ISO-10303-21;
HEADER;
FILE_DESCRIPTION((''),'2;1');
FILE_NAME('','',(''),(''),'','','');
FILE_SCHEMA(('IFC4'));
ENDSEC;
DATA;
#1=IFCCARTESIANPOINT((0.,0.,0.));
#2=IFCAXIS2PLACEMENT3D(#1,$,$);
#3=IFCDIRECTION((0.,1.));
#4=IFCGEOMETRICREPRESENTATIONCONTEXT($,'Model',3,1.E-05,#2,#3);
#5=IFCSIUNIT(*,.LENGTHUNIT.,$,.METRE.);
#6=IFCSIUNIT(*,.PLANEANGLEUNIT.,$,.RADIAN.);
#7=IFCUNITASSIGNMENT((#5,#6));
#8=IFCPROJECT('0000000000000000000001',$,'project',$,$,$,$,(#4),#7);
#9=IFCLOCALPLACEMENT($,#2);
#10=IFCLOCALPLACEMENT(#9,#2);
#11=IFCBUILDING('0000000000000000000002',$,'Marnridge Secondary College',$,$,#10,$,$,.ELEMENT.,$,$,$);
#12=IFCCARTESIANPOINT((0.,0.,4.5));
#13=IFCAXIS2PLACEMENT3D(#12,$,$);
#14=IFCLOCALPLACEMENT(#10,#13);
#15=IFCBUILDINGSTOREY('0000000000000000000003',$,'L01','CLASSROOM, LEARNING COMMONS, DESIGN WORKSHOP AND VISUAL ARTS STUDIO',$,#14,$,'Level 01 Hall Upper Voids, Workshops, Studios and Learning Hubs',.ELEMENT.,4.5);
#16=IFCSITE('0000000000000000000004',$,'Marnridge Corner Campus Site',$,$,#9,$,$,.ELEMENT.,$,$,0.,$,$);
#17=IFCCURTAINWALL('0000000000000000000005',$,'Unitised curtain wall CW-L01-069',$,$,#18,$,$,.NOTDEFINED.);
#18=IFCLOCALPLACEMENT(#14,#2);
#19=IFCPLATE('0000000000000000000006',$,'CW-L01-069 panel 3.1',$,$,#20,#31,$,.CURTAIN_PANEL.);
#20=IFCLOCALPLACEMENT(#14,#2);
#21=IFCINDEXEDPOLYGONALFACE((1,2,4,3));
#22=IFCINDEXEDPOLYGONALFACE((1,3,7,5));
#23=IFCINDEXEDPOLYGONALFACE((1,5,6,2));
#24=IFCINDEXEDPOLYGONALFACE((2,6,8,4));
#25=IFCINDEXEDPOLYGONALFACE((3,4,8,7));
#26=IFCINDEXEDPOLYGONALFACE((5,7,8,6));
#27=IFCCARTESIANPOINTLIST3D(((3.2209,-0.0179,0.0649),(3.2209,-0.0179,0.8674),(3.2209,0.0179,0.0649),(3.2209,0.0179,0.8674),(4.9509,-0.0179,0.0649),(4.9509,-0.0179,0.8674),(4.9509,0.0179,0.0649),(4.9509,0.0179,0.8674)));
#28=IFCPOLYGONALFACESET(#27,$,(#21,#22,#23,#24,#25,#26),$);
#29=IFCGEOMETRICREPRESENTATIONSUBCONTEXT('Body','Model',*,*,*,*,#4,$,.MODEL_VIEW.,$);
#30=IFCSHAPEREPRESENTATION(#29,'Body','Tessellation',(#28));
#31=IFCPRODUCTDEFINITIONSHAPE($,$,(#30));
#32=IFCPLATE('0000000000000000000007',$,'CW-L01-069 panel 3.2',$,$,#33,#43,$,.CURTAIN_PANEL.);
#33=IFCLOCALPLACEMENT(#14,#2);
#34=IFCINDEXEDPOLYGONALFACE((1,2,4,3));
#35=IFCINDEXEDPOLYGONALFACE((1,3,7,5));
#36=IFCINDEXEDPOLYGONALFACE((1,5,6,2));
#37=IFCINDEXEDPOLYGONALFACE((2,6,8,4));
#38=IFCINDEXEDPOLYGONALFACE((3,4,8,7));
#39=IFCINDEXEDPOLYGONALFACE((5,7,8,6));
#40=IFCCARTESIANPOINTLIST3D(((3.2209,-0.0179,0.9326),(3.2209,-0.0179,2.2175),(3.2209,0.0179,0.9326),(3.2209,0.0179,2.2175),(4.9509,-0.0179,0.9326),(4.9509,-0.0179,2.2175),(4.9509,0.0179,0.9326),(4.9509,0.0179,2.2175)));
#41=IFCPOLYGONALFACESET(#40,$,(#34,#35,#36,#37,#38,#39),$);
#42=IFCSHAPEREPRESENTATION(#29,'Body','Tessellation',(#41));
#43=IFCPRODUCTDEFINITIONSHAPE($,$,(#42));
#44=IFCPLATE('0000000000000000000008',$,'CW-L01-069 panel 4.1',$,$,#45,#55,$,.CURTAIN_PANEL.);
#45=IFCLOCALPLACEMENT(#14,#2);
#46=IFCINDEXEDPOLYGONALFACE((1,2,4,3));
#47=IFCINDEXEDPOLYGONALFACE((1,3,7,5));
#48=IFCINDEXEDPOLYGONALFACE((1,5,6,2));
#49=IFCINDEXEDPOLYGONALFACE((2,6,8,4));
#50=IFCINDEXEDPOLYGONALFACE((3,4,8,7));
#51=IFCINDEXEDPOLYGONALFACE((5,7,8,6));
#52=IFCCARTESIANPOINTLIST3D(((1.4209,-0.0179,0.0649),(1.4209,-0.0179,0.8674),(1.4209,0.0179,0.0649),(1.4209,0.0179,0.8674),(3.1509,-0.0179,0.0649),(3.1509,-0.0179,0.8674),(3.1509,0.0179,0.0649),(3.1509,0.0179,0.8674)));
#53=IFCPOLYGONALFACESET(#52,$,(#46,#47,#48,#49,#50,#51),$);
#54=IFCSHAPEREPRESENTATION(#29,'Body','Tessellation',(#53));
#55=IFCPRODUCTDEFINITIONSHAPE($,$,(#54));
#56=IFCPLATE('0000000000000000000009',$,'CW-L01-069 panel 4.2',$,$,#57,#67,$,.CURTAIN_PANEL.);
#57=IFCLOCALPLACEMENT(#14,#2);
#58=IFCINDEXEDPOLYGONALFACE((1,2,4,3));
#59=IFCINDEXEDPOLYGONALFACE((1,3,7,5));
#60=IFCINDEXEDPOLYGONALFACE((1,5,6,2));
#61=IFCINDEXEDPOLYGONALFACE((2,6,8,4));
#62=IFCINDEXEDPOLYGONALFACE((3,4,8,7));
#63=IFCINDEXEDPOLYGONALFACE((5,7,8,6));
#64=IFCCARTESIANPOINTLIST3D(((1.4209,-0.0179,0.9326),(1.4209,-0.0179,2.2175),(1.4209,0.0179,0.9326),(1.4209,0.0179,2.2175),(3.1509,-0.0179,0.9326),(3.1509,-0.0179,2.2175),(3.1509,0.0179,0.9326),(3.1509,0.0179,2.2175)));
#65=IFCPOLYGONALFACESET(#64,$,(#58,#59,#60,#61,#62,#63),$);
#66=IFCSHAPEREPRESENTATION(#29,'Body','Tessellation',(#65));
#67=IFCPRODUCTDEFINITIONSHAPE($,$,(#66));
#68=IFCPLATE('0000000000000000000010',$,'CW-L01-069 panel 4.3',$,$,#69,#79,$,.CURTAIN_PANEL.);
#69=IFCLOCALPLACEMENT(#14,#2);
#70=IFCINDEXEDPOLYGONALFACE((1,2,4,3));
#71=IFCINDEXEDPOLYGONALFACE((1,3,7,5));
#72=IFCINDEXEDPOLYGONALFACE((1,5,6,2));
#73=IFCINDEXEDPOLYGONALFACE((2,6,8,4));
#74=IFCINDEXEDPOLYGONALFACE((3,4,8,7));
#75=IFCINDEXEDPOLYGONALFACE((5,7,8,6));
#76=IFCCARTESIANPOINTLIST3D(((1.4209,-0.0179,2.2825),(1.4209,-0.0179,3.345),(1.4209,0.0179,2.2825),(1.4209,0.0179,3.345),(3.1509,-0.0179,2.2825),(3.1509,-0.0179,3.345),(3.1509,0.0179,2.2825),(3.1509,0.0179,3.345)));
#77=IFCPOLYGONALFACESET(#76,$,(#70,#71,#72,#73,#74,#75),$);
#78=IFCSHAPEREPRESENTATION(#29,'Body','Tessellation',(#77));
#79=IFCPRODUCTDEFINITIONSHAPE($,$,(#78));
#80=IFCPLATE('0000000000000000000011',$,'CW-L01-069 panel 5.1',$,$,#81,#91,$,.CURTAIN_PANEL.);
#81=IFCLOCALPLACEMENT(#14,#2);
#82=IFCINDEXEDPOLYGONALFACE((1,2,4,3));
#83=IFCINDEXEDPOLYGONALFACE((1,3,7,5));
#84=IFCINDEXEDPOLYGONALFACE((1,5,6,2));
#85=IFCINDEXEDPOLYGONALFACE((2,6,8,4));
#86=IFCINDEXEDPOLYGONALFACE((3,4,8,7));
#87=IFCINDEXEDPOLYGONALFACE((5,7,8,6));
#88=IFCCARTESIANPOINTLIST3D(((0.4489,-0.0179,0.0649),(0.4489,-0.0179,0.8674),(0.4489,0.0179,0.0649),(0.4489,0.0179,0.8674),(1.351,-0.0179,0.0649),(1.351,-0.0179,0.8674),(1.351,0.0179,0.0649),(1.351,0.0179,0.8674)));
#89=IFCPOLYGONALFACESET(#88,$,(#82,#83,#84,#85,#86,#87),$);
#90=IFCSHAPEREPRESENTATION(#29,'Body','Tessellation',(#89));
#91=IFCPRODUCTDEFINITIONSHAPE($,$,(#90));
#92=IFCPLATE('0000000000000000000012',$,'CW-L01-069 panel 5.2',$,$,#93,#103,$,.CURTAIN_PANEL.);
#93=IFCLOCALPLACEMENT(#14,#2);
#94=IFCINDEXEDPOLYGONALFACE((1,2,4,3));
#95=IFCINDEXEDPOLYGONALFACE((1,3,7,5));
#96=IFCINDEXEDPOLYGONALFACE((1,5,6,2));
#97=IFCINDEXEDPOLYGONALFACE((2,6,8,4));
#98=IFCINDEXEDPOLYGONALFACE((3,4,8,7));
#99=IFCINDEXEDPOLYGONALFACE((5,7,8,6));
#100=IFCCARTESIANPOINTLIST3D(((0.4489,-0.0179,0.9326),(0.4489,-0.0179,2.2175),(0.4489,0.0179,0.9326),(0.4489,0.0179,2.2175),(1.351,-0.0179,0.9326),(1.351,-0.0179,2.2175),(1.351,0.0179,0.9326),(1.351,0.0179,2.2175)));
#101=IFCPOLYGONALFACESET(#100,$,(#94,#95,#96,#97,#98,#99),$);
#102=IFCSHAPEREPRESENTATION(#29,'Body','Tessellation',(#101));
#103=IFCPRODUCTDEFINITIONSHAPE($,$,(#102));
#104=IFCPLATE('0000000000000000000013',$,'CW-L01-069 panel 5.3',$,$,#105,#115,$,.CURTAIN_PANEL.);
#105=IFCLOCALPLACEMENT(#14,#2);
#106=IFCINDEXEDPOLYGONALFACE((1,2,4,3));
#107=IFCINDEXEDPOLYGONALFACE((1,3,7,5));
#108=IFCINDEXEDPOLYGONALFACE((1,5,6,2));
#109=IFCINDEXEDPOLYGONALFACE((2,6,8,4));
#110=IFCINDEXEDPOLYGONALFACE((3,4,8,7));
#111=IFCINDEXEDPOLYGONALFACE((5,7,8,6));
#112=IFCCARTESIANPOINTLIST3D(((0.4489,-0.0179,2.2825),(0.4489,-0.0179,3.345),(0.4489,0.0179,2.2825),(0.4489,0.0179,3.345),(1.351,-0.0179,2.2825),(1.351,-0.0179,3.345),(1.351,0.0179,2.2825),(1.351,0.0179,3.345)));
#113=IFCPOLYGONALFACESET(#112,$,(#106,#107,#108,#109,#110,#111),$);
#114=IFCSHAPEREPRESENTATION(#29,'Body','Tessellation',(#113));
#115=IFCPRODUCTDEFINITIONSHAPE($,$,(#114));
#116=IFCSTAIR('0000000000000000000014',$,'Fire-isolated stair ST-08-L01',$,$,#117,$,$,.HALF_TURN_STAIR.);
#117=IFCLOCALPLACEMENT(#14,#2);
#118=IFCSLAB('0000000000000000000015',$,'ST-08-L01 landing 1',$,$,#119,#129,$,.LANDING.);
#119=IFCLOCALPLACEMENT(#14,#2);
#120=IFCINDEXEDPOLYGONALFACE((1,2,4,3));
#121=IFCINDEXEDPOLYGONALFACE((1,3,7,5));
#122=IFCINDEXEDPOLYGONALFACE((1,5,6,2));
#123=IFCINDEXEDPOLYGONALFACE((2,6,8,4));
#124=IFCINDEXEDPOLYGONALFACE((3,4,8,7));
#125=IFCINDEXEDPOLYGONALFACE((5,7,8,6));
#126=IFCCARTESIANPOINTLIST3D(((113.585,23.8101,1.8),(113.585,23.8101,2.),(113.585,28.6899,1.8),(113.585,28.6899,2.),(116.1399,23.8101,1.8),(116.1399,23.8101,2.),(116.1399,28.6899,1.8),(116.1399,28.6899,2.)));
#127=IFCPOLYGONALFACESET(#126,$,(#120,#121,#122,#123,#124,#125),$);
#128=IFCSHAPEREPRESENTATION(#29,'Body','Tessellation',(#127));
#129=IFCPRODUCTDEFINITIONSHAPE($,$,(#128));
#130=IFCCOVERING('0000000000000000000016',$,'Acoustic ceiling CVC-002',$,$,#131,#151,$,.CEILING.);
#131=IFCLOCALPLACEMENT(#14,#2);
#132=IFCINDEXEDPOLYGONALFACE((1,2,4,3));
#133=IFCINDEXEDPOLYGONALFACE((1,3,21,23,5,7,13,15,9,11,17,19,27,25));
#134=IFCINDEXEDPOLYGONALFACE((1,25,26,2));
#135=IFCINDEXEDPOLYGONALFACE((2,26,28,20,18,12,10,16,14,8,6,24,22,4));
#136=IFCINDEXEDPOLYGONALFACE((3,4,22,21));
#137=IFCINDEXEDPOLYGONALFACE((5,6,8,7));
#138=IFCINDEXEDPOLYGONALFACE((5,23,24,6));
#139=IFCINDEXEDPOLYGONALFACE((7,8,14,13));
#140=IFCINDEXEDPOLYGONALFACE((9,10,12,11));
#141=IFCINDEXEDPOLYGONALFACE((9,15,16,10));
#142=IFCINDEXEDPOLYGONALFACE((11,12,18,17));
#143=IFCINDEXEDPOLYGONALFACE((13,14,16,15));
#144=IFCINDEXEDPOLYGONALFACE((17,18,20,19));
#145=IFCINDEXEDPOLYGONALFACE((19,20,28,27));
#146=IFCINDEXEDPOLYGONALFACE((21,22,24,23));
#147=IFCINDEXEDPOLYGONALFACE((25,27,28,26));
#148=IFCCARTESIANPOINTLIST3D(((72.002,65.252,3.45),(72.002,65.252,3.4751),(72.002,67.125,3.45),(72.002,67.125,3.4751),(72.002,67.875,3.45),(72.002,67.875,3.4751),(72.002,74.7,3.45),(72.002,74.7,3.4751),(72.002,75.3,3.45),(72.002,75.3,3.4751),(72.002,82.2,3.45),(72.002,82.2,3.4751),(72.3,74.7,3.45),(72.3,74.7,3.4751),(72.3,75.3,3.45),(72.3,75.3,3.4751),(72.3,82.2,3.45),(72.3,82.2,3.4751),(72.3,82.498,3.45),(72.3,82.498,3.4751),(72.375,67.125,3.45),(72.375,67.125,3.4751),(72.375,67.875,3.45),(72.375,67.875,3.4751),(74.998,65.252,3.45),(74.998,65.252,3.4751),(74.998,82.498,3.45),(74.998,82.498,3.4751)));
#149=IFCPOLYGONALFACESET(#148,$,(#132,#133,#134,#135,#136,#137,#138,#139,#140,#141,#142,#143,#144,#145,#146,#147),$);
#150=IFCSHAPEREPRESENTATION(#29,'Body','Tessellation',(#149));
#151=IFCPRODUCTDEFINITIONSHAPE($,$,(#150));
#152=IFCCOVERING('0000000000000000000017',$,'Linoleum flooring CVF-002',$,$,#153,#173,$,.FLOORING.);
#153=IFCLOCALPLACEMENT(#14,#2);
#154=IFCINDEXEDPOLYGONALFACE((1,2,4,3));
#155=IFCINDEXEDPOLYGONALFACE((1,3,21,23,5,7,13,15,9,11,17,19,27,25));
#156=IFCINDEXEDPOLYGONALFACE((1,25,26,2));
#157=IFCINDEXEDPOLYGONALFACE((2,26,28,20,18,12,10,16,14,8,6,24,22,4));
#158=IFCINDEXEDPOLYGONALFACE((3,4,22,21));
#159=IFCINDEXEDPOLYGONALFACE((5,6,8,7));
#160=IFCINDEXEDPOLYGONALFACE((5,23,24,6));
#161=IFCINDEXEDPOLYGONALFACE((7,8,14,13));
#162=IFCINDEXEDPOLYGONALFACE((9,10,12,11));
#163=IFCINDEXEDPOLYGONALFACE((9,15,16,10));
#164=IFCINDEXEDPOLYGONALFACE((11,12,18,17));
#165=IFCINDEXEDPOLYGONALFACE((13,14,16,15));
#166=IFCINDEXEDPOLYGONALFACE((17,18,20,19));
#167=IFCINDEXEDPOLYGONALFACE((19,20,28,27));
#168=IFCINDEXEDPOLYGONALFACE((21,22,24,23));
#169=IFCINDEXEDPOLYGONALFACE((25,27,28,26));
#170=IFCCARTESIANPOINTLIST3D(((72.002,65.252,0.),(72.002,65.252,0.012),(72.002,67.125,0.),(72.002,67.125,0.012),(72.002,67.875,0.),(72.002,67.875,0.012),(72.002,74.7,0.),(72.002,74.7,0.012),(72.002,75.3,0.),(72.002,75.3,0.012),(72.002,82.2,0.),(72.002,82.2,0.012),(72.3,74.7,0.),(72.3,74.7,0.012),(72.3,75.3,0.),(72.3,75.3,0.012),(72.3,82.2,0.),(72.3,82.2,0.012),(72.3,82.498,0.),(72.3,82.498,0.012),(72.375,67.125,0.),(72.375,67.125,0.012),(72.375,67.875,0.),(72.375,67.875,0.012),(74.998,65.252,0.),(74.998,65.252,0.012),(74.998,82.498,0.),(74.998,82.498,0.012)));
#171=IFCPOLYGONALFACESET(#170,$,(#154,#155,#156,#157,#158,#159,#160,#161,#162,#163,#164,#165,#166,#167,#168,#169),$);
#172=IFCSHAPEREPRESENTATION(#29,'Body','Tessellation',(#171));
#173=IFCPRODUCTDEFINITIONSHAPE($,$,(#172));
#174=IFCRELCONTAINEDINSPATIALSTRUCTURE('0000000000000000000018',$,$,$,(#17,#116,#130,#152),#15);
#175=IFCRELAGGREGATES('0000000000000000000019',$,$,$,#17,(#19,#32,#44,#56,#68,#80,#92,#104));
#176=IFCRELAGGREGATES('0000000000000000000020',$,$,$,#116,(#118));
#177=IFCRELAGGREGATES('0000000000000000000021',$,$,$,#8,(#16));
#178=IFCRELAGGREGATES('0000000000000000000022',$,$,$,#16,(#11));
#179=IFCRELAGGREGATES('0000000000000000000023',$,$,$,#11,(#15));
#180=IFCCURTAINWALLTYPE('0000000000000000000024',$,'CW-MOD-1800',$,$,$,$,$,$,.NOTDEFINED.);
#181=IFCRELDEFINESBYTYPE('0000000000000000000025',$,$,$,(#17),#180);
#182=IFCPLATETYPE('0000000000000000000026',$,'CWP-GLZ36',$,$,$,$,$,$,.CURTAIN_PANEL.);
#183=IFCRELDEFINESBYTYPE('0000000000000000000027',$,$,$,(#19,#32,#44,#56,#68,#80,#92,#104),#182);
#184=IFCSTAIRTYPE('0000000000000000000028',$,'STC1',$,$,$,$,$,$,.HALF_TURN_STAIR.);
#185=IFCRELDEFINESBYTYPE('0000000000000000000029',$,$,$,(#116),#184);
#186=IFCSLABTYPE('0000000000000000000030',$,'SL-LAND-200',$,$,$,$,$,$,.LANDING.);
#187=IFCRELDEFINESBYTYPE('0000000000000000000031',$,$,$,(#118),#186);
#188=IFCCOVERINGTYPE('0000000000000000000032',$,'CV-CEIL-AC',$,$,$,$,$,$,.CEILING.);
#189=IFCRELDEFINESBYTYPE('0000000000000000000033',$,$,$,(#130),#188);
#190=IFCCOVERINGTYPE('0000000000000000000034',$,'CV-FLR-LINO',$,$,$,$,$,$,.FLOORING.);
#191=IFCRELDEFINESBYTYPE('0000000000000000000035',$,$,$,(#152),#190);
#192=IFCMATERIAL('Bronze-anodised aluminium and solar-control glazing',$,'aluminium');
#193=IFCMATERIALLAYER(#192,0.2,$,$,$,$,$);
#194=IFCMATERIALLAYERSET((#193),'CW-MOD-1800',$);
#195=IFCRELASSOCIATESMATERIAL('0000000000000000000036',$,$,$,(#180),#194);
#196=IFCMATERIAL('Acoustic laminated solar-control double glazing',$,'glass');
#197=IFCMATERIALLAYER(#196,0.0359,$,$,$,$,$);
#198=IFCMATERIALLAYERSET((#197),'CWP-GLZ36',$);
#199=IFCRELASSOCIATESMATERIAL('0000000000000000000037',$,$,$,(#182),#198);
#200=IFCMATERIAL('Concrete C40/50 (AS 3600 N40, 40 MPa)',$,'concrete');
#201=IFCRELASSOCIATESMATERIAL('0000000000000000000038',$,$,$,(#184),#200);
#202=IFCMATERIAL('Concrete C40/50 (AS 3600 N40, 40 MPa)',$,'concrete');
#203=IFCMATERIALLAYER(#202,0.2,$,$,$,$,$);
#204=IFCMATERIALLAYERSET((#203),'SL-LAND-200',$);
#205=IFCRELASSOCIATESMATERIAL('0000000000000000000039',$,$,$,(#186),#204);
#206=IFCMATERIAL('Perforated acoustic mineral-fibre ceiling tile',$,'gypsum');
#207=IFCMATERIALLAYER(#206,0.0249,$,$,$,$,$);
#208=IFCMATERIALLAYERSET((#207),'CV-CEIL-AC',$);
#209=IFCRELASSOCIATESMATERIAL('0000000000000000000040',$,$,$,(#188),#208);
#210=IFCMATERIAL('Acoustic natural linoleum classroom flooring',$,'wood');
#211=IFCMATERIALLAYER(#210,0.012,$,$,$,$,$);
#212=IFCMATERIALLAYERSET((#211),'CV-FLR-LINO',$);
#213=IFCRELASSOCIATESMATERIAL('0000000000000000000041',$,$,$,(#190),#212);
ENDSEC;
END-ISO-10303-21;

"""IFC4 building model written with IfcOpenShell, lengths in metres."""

from ifc_helpers import new_model, si_unit, direction, frame, origin, origin_2d, place, context, subcontext, project, spatial, polyline, rectangle, outline, extrude, material, layer, layer_set, type_object, element, aggregate, save


model = new_model("IFC4")

# Units and contexts
model_context = context("Model", 3, precision=1e-05, world=origin(), true_north=direction((0.0, 1.0)))
body_context = subcontext(model_context, "Body", "Model", "MODEL_VIEW")
ifc_project = project(units=[si_unit("LENGTHUNIT", "METRE"), si_unit("PLANEANGLEUNIT", "RADIAN")], contexts=[model_context])

# Site, building, storey
site_placement = place(None, origin())
site = spatial("IfcSite", under=ifc_project, at=site_placement, Name="Marnridge Corner Campus Site", CompositionType="ELEMENT", RefElevation=0.0)
building_placement = place(site_placement, origin())
building = spatial("IfcBuilding", under=site, at=building_placement, Name="Marnridge Secondary College", CompositionType="ELEMENT")
storey_placement = place(building_placement, frame((0.0, 0.0, 4.5)))
storey = spatial("IfcBuildingStorey", under=building, at=storey_placement, Name="L01", Description="CLASSROOM, LEARNING COMMONS, DESIGN WORKSHOP AND VISUAL ARTS STUDIO", LongName="Level 01 Hall Upper Voids, Workshops, Studios and Learning Hubs", CompositionType="ELEMENT", Elevation=4.5)

# Curtain wall, plates
ifc_material_1 = material(Name="Bronze-anodised aluminium and solar-control glazing", Category="aluminium")
ifc_layer_1 = layer(ifc_material_1, 0.2)
ifc_layer_set_1 = layer_set([ifc_layer_1], Name="CW-MOD-1800")
curtain_wall_type = type_object("IfcCurtainWallType", Name="CW-MOD-1800", PredefinedType="NOTDEFINED", material=ifc_layer_set_1)
curtain_wall_placement = place(storey_placement, origin())
curtain_wall = element("IfcCurtainWall", 1, at=curtain_wall_placement, inside=storey, type_object=curtain_wall_type, Name="Unitised curtain wall CW-L01-069", PredefinedType="NOTDEFINED")
ifc_material_2 = material(Name="Acoustic laminated solar-control double glazing", Category="glass")
ifc_layer_2 = layer(ifc_material_2, 0.0359)
ifc_layer_set_2 = layer_set([ifc_layer_2], Name="CWP-GLZ36")
plate_type = type_object("IfcPlateType", Name="CWP-GLZ36", PredefinedType="CURTAIN_PANEL", material=ifc_layer_set_2)
plate_1_placement = place(storey_placement, frame((4.0859, 0.0, 0.0649), z_axis=(0.0, 0.0, 1.0), x_axis=(-1.0, 0.0, 0.0)))
plate_1 = element("IfcPlate", 2, at=plate_1_placement, type_object=plate_type, Name="CW-L01-069 panel 3.1", PredefinedType="CURTAIN_PANEL", context=body_context, shape_type="SweptSolid", body=[
    extrude(rectangle(XDim=1.73, YDim=0.0359, at=origin_2d()), origin(), (0.0, 0.0, 1.0), 0.8025),
])
plate_2_placement = place(storey_placement, frame((4.0859, 0.0, 0.9326), z_axis=(0.0, 0.0, 1.0), x_axis=(-1.0, 0.0, 0.0)))
plate_2 = element("IfcPlate", 3, at=plate_2_placement, type_object=plate_type, Name="CW-L01-069 panel 3.2", PredefinedType="CURTAIN_PANEL", context=body_context, shape_type="SweptSolid", body=[
    extrude(rectangle(XDim=1.73, YDim=0.0359, at=origin_2d()), origin(), (0.0, 0.0, 1.0), 1.2849),
])
plate_3_placement = place(storey_placement, frame((2.2859, 0.0, 0.0649), z_axis=(0.0, 0.0, 1.0), x_axis=(-1.0, 0.0, 0.0)))
plate_3 = element("IfcPlate", 4, at=plate_3_placement, type_object=plate_type, Name="CW-L01-069 panel 4.1", PredefinedType="CURTAIN_PANEL", context=body_context, shape_type="SweptSolid", body=[
    extrude(rectangle(XDim=1.73, YDim=0.0359, at=origin_2d()), origin(), (0.0, 0.0, 1.0), 0.8025),
])
plate_4_placement = place(storey_placement, frame((2.2859, 0.0, 0.9326), z_axis=(0.0, 0.0, 1.0), x_axis=(-1.0, 0.0, 0.0)))
plate_4 = element("IfcPlate", 5, at=plate_4_placement, type_object=plate_type, Name="CW-L01-069 panel 4.2", PredefinedType="CURTAIN_PANEL", context=body_context, shape_type="SweptSolid", body=[
    extrude(rectangle(XDim=1.73, YDim=0.0359, at=origin_2d()), origin(), (0.0, 0.0, 1.0), 1.2849),
])
plate_5_placement = place(storey_placement, frame((2.2859, 0.0, 2.2825), z_axis=(0.0, 0.0, 1.0), x_axis=(-1.0, 0.0, 0.0)))
plate_5 = element("IfcPlate", 6, at=plate_5_placement, type_object=plate_type, Name="CW-L01-069 panel 4.3", PredefinedType="CURTAIN_PANEL", context=body_context, shape_type="SweptSolid", body=[
    extrude(rectangle(XDim=1.73, YDim=0.0359, at=origin_2d()), origin(), (0.0, 0.0, 1.0), 1.0625),
])
plate_6_placement = place(storey_placement, frame((0.8999, 0.0, 0.0649), z_axis=(0.0, 0.0, 1.0), x_axis=(-1.0, 0.0, 0.0)))
plate_6 = element("IfcPlate", 7, at=plate_6_placement, type_object=plate_type, Name="CW-L01-069 panel 5.1", PredefinedType="CURTAIN_PANEL", context=body_context, shape_type="SweptSolid", body=[
    extrude(rectangle(XDim=0.9021, YDim=0.0359, at=origin_2d()), origin(), (0.0, 0.0, 1.0), 0.8025),
])
plate_7_placement = place(storey_placement, frame((0.8999, 0.0, 0.9326), z_axis=(0.0, 0.0, 1.0), x_axis=(-1.0, 0.0, 0.0)))
plate_7 = element("IfcPlate", 8, at=plate_7_placement, type_object=plate_type, Name="CW-L01-069 panel 5.2", PredefinedType="CURTAIN_PANEL", context=body_context, shape_type="SweptSolid", body=[
    extrude(rectangle(XDim=0.9021, YDim=0.0359, at=origin_2d()), origin(), (0.0, 0.0, 1.0), 1.2849),
])
plate_8_placement = place(storey_placement, frame((0.8999, 0.0, 2.2825), z_axis=(0.0, 0.0, 1.0), x_axis=(-1.0, 0.0, 0.0)))
plate_8 = element("IfcPlate", 9, at=plate_8_placement, type_object=plate_type, Name="CW-L01-069 panel 5.3", PredefinedType="CURTAIN_PANEL", context=body_context, shape_type="SweptSolid", body=[
    extrude(rectangle(XDim=0.9021, YDim=0.0359, at=origin_2d()), origin(), (0.0, 0.0, 1.0), 1.0625),
])
aggregate(curtain_wall, [plate_1, plate_2, plate_3, plate_4, plate_5, plate_6, plate_7, plate_8])

# Stair, slab
ifc_material_3 = material(Name="Concrete C40/50 (AS 3600 N40, 40 MPa)", Category="concrete")
stair_type = type_object("IfcStairType", Name="STC1", PredefinedType="HALF_TURN_STAIR", material=ifc_material_3)
stair_placement = place(storey_placement, origin())
stair = element("IfcStair", 10, at=stair_placement, inside=storey, type_object=stair_type, Name="Fire-isolated stair ST-08-L01", PredefinedType="HALF_TURN_STAIR")
ifc_material_4 = material(Name="Concrete C40/50 (AS 3600 N40, 40 MPa)", Category="concrete")
ifc_layer_3 = layer(ifc_material_4, 0.2)
ifc_layer_set_3 = layer_set([ifc_layer_3], Name="SL-LAND-200")
slab_type = type_object("IfcSlabType", Name="SL-LAND-200", PredefinedType="LANDING", material=ifc_layer_set_3)
slab_placement = place(storey_placement, frame((0.0, 0.0, 1.8)))
slab = element("IfcSlab", 11, at=slab_placement, type_object=slab_type, Name="ST-08-L01 landing 1", PredefinedType="LANDING", context=body_context, shape_type="SweptSolid", body=[
    extrude(outline(polyline([(113.585, 23.8101), (116.1399, 23.8101), (116.1399, 28.6899), (113.585, 28.6899), (113.585, 23.8101)])), origin(), (0.0, 0.0, 1.0), 0.2),
])
aggregate(stair, [slab])

# Coverings
ifc_material_5 = material(Name="Perforated acoustic mineral-fibre ceiling tile", Category="gypsum")
ifc_layer_4 = layer(ifc_material_5, 0.0249)
ifc_layer_set_4 = layer_set([ifc_layer_4], Name="CV-CEIL-AC")
covering_type_1 = type_object("IfcCoveringType", Name="CV-CEIL-AC", PredefinedType="CEILING", material=ifc_layer_set_4)
covering_1_placement = place(storey_placement, frame((0.0, 0.0, 3.45)))
element("IfcCovering", 12, at=covering_1_placement, inside=storey, type_object=covering_type_1, Name="Acoustic ceiling CVC-002", PredefinedType="CEILING", context=body_context, shape_type="SweptSolid", body=[
    extrude(outline(polyline([(72.375, 67.125), (72.375, 67.875), (72.002, 67.875), (72.002, 74.7), (72.3, 74.7), (72.3, 75.3), (72.002, 75.3), (72.002, 82.2), (72.3, 82.2), (72.3, 82.498), (74.998, 82.498), (74.998, 65.252), (72.002, 65.252), (72.002, 67.125), (72.375, 67.125)])), origin(), (0.0, 0.0, 1.0), 0.0251),
])
ifc_material_6 = material(Name="Acoustic natural linoleum classroom flooring", Category="wood")
ifc_layer_5 = layer(ifc_material_6, 0.012)
ifc_layer_set_5 = layer_set([ifc_layer_5], Name="CV-FLR-LINO")
covering_type_2 = type_object("IfcCoveringType", Name="CV-FLR-LINO", PredefinedType="FLOORING", material=ifc_layer_set_5)
covering_2_placement = place(storey_placement, origin())
element("IfcCovering", 13, at=covering_2_placement, inside=storey, type_object=covering_type_2, Name="Linoleum flooring CVF-002", PredefinedType="FLOORING", context=body_context, shape_type="SweptSolid", body=[
    extrude(outline(polyline([(72.375, 67.125), (72.375, 67.875), (72.002, 67.875), (72.002, 74.7), (72.3, 74.7), (72.3, 75.3), (72.002, 75.3), (72.002, 82.2), (72.3, 82.2), (72.3, 82.498), (74.998, 82.498), (74.998, 65.252), (72.002, 65.252), (72.002, 67.125), (72.375, 67.125)])), origin(), (0.0, 0.0, 1.0), 0.012),
])

save(model, "model.ifc")
